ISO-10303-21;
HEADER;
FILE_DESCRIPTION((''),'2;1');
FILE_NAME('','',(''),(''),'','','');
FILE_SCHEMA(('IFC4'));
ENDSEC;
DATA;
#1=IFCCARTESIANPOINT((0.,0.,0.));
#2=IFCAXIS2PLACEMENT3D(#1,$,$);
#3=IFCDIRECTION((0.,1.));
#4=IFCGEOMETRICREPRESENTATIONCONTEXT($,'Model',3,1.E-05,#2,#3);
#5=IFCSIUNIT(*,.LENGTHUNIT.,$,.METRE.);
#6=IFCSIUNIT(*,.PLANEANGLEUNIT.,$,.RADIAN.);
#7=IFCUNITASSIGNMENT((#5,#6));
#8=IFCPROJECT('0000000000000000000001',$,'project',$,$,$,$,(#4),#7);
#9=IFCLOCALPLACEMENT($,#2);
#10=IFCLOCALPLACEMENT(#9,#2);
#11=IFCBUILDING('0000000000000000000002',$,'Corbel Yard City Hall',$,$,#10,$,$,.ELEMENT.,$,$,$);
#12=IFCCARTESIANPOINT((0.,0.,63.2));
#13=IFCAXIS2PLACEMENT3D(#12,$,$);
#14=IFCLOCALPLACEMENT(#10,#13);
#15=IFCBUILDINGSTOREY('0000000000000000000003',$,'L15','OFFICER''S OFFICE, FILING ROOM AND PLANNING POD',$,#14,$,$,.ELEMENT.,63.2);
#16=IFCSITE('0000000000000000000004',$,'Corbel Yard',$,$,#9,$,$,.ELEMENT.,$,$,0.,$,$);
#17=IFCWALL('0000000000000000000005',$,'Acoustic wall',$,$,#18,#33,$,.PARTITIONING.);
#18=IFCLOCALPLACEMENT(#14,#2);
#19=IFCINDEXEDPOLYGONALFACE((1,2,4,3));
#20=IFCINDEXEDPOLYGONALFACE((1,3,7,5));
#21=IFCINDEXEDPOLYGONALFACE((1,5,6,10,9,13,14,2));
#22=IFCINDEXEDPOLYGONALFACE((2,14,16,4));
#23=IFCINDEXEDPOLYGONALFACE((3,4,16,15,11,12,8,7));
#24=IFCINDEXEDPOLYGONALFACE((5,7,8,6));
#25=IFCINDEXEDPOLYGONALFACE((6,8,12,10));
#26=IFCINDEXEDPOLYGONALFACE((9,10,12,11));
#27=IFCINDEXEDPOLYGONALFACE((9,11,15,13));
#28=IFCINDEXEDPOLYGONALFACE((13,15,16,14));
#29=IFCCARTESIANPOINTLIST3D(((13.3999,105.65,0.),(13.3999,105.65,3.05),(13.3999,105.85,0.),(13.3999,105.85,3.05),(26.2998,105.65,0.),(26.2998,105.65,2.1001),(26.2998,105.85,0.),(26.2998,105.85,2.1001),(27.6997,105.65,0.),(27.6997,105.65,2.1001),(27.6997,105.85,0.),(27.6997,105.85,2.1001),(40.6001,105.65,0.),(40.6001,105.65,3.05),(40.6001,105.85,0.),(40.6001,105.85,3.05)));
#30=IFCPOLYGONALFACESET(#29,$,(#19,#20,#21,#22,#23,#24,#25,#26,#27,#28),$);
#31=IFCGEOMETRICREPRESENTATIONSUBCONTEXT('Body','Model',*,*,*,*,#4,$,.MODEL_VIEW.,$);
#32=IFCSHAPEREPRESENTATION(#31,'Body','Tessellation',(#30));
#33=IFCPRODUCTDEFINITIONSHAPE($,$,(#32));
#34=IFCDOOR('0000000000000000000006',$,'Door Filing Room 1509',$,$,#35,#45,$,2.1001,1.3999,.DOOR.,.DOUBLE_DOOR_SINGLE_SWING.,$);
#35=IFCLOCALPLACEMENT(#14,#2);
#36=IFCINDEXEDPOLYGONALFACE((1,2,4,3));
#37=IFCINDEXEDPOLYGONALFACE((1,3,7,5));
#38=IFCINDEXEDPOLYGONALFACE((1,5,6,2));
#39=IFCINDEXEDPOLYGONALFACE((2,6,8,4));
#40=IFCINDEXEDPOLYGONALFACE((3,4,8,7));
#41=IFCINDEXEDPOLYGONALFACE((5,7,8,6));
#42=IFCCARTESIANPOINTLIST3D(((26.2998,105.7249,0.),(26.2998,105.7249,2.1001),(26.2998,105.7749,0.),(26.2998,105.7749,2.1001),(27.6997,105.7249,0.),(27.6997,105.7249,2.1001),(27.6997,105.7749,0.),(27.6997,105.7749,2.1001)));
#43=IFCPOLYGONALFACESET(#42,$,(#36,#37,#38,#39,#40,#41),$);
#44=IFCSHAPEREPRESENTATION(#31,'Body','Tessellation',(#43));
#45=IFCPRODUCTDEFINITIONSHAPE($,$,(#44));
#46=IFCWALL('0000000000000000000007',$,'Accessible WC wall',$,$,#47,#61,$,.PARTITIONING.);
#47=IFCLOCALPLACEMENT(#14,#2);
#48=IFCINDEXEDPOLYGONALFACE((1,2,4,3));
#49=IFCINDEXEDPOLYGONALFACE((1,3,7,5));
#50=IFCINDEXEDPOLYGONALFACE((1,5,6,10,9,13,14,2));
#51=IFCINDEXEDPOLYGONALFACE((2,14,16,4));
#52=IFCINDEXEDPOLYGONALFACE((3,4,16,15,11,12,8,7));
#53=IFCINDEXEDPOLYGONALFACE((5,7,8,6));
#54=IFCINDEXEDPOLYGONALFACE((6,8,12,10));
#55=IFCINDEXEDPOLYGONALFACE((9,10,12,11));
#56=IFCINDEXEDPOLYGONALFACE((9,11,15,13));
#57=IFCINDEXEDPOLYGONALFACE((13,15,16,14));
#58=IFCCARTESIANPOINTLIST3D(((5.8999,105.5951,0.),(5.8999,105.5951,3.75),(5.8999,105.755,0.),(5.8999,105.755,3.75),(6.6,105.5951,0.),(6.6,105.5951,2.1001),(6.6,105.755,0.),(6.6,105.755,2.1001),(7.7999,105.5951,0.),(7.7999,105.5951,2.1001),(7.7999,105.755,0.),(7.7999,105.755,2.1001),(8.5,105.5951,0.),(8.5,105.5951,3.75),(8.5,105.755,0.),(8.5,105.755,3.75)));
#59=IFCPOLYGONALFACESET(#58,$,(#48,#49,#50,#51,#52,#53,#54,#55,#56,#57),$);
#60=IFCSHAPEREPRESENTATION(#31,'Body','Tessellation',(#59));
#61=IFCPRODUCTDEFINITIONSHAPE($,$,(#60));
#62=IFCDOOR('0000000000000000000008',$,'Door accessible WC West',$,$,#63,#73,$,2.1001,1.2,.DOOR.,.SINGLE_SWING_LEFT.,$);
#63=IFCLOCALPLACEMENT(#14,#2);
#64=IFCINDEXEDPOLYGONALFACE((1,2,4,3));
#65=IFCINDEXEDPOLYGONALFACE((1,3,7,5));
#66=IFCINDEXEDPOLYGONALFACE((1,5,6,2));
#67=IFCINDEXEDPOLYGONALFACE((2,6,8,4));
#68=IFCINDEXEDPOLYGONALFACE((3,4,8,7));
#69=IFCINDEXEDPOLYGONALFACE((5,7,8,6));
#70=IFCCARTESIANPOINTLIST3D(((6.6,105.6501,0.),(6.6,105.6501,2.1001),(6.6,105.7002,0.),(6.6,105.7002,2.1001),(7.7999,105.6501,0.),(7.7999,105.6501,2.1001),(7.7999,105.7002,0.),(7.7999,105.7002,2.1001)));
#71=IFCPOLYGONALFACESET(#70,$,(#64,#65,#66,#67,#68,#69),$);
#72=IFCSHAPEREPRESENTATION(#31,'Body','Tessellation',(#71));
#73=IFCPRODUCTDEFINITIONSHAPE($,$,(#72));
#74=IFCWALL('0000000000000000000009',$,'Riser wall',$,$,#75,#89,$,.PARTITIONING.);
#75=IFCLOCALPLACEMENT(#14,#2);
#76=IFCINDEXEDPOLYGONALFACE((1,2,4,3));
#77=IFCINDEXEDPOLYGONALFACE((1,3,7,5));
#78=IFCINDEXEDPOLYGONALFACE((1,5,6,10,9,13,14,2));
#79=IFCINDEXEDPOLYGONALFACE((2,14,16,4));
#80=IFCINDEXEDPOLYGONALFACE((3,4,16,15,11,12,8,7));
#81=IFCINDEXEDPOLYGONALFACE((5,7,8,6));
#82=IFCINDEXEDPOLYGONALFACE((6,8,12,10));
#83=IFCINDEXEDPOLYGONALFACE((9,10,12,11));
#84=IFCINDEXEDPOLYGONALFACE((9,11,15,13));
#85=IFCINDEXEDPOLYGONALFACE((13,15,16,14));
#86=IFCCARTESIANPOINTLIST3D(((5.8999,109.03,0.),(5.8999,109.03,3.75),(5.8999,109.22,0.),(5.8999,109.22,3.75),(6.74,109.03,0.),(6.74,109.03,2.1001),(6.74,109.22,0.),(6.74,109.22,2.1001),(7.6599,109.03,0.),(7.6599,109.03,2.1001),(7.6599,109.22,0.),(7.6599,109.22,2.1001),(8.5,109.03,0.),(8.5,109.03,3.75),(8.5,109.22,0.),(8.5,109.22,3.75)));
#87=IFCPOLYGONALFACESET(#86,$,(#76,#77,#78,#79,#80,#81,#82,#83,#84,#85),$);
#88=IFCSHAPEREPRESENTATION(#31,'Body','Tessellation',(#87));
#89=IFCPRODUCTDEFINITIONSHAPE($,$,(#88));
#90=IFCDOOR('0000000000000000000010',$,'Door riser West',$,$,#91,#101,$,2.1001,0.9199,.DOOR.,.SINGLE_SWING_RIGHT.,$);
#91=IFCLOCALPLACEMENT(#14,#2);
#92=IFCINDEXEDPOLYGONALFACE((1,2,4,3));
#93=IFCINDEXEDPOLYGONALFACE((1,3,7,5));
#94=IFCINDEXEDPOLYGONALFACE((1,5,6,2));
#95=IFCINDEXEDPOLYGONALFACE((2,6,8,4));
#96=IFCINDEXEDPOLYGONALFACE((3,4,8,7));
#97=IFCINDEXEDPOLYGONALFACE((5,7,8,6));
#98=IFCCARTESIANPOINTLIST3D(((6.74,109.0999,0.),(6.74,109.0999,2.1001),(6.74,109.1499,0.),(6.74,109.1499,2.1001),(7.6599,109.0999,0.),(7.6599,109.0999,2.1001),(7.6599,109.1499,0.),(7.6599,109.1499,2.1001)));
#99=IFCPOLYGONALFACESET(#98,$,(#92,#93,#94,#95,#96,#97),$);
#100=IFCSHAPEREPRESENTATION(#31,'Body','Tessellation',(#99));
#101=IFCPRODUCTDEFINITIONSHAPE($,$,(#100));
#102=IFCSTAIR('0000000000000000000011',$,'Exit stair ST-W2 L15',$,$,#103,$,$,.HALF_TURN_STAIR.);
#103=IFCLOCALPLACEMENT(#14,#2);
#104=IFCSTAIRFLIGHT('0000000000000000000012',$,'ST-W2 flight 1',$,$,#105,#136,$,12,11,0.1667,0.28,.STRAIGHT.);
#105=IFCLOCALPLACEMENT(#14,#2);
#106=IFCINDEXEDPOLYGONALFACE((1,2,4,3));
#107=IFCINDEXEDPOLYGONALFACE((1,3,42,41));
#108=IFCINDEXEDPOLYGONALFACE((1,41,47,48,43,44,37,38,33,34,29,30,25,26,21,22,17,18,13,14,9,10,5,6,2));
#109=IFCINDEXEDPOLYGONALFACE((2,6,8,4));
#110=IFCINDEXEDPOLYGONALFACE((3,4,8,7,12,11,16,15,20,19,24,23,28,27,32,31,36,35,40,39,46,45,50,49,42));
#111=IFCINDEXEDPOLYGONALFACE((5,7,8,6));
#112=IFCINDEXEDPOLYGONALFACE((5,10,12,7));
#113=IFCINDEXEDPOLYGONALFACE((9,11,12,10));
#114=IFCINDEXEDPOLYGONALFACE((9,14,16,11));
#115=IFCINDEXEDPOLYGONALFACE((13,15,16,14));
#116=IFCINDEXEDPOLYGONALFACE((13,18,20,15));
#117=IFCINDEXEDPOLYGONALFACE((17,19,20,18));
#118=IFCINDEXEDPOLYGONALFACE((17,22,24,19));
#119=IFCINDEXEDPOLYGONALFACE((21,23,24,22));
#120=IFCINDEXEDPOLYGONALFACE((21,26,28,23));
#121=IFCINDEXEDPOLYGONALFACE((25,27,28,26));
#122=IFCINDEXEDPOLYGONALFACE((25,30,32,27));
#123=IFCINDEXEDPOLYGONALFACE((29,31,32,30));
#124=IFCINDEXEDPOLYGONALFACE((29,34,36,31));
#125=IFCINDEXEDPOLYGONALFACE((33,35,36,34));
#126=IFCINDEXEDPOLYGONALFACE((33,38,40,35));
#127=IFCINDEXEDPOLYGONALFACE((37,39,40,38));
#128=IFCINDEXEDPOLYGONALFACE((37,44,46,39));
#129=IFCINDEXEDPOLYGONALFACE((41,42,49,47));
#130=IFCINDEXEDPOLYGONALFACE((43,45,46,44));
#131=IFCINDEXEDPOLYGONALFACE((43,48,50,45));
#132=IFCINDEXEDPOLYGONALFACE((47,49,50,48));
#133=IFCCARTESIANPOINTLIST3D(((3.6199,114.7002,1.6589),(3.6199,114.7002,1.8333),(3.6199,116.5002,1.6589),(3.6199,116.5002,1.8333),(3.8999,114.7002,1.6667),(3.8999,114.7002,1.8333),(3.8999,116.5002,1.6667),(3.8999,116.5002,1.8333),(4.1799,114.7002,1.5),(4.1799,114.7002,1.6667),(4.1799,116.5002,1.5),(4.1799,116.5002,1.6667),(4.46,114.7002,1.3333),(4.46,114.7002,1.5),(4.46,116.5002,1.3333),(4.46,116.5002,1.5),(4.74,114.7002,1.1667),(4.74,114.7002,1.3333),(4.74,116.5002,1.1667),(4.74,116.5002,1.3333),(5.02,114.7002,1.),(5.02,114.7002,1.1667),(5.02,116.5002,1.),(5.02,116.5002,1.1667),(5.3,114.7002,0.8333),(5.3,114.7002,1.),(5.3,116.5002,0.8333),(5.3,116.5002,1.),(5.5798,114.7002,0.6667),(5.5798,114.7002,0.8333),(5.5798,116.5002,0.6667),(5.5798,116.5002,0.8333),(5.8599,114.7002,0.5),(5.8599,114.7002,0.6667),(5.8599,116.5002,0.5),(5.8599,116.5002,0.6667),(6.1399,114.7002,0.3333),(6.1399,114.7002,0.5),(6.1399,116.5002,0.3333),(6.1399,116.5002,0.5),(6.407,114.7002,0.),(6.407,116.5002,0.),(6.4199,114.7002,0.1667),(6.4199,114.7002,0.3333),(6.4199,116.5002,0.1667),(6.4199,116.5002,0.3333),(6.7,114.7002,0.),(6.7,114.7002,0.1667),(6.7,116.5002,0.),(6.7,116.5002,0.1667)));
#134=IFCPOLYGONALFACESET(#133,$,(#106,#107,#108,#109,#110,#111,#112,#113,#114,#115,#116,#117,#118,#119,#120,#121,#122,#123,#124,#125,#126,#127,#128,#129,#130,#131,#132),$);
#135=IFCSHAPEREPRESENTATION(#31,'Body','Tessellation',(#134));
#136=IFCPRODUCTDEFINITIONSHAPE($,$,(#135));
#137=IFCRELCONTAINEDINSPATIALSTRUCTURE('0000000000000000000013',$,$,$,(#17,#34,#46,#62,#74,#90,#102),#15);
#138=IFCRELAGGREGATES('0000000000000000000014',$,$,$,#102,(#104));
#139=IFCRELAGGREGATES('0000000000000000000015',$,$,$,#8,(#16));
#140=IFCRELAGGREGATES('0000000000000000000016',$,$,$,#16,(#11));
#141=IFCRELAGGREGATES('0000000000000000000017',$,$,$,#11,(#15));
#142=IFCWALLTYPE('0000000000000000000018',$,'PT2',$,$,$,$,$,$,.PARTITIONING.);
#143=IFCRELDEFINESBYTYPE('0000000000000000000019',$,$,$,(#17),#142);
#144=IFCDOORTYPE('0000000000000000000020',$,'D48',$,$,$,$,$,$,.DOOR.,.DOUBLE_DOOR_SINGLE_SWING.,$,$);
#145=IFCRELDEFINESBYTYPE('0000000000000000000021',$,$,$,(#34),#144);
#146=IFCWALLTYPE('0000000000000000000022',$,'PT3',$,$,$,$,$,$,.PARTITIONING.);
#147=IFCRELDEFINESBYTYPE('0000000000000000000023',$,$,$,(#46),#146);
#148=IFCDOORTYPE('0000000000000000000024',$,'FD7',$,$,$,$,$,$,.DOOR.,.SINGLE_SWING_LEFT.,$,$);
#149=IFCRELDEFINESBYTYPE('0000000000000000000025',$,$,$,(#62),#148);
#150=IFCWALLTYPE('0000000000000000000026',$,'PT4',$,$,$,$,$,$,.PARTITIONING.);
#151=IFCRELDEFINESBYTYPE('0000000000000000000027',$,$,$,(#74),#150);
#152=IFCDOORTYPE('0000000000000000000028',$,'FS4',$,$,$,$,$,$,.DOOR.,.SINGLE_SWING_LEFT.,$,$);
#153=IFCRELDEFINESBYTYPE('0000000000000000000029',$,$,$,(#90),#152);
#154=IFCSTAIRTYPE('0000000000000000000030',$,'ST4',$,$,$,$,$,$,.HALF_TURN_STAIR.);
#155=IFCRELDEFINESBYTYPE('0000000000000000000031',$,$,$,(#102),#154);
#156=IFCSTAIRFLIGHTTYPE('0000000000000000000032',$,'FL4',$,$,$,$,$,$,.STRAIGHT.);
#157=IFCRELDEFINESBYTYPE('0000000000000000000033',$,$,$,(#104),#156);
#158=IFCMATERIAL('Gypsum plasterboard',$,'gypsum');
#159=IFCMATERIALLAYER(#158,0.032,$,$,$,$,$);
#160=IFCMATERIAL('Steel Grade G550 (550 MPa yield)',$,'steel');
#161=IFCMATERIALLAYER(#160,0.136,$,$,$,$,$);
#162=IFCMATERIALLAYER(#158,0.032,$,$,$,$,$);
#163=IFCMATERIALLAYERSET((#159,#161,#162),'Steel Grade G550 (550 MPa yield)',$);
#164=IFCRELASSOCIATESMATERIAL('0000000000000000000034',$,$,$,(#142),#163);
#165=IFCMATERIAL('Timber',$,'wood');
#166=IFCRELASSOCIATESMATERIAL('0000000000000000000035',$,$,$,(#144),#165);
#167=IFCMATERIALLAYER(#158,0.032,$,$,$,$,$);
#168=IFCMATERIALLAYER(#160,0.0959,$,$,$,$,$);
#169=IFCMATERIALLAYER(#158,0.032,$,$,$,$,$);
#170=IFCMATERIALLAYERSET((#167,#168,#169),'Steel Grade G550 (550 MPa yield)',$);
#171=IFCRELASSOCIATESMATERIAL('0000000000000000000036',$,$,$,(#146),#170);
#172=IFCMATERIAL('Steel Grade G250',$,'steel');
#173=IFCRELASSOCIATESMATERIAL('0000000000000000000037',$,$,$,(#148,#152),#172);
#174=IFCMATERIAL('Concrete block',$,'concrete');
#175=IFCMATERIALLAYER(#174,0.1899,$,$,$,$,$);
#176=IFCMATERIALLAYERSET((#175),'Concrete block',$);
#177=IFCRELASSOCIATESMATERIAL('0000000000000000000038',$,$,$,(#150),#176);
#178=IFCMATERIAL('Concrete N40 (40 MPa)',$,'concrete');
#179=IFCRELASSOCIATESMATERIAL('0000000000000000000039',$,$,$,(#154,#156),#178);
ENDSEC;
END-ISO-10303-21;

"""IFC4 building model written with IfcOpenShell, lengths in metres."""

from ifc_helpers import new_model, si_unit, direction, frame, frame_2d, origin, place, context, subcontext, project, spatial, polyline, rectangle, outline, extrude, material, layer, layer_set, type_object, element, fill, aggregate, save


model = new_model("IFC4")

# Units and contexts
model_context = context("Model", 3, precision=1e-05, world=origin(), true_north=direction((0.0, 1.0)))
body_context = subcontext(model_context, "Body", "Model", "MODEL_VIEW")
ifc_project = project(units=[si_unit("LENGTHUNIT", "METRE"), si_unit("PLANEANGLEUNIT", "RADIAN")], contexts=[model_context])

# Site, building, storey
site_placement = place(None, origin())
site = spatial("IfcSite", under=ifc_project, at=site_placement, Name="Corbel Yard", CompositionType="ELEMENT", RefElevation=0.0)
building_placement = place(site_placement, origin())
building = spatial("IfcBuilding", under=site, at=building_placement, Name="Corbel Yard City Hall", CompositionType="ELEMENT")
storey_placement = place(building_placement, frame((0.0, 0.0, 63.2)))
storey = spatial("IfcBuildingStorey", under=building, at=storey_placement, Name="L15", Description="OFFICER'S OFFICE, FILING ROOM AND PLANNING POD", CompositionType="ELEMENT", Elevation=63.2)

# Shared definitions
ifc_material_1 = material(Name="Concrete N40 (40 MPa)", Category="concrete")

# Walls, openings, doors
ifc_material_2 = material(Name="Gypsum plasterboard", Category="gypsum")
ifc_layer_1 = layer(ifc_material_2, 0.032)
ifc_material_3 = material(Name="Steel Grade G550 (550 MPa yield)", Category="steel")
ifc_layer_2 = layer(ifc_material_3, 0.136)
ifc_layer_3 = layer(ifc_material_2, 0.032)
ifc_layer_set_1 = layer_set([ifc_layer_1, ifc_layer_2, ifc_layer_3], Name="Steel Grade G550 (550 MPa yield)")
wall_type_1 = type_object("IfcWallType", Name="PT2", PredefinedType="PARTITIONING", material=ifc_layer_set_1)
wall_1_placement = place(storey_placement, frame((13.3999, 105.75, 0.0), z_axis=(0.0, 0.0, 1.0), x_axis=(1.0, 0.0, 0.0)))
wall_1 = element("IfcWall", 1, at=wall_1_placement, inside=storey, type_object=wall_type_1, Name="Acoustic wall", PredefinedType="PARTITIONING", context=body_context, shape_type="SweptSolid", body=[
    extrude(rectangle(XDim=27.2002, YDim=0.2, at=frame_2d((13.6001, 0.0))), origin(), (0.0, 0.0, 1.0), 3.05),
])
opening_1_placement = place(wall_1_placement, frame((12.8999, 0.0, 0.0)))
opening_1 = element("IfcOpeningElement", 2, at=opening_1_placement, cuts=wall_1, PredefinedType="OPENING", context=body_context, shape_type="SweptSolid", body=[
    extrude(rectangle(XDim=1.3999, YDim=2.1001, at=frame_2d((0.7, 1.05))), frame((0.0, 0.1099, 0.0), z_axis=(0.0, -1.0, 0.0), x_axis=(1.0, 0.0, 0.0)), (0.0, 0.0, 1.0), 0.22),
])
ifc_material_4 = material(Name="Timber", Category="wood")
door_type_1 = type_object("IfcDoorType", Name="D48", OperationType="DOUBLE_DOOR_SINGLE_SWING", PredefinedType="DOOR", material=ifc_material_4)
door_1_placement = place(opening_1_placement, origin())
door_1 = element("IfcDoor", 3, at=door_1_placement, inside=storey, type_object=door_type_1, Name="Door Filing Room 1509", OperationType="DOUBLE_DOOR_SINGLE_SWING", OverallHeight=2.1001, OverallWidth=1.3999, PredefinedType="DOOR", context=body_context, shape_type="SweptSolid", body=[
    extrude(rectangle(XDim=1.3999, YDim=2.1001, at=frame_2d((0.7, 1.05))), frame((0.0, 0.0249, 0.0), z_axis=(0.0, -1.0, 0.0), x_axis=(1.0, 0.0, 0.0)), (0.0, 0.0, 1.0), 0.05),
])
fill(opening_1, door_1)
ifc_layer_4 = layer(ifc_material_2, 0.032)
ifc_layer_5 = layer(ifc_material_3, 0.0959)
ifc_layer_6 = layer(ifc_material_2, 0.032)
ifc_layer_set_2 = layer_set([ifc_layer_4, ifc_layer_5, ifc_layer_6], Name="Steel Grade G550 (550 MPa yield)")
wall_type_2 = type_object("IfcWallType", Name="PT3", PredefinedType="PARTITIONING", material=ifc_layer_set_2)
wall_2_placement = place(storey_placement, frame((8.5, 105.675, 0.0), z_axis=(0.0, 0.0, 1.0), x_axis=(-1.0, 0.0, 0.0)))
wall_2 = element("IfcWall", 4, at=wall_2_placement, inside=storey, type_object=wall_type_2, Name="Accessible WC wall", PredefinedType="PARTITIONING", context=body_context, shape_type="SweptSolid", body=[
    extrude(rectangle(XDim=2.6001, YDim=0.1599, at=frame_2d((1.3, 0.0))), origin(), (0.0, 0.0, 1.0), 3.75),
])
opening_2_placement = place(wall_2_placement, frame((0.7, 0.0, 0.0)))
opening_2 = element("IfcOpeningElement", 5, at=opening_2_placement, cuts=wall_2, PredefinedType="OPENING", context=body_context, shape_type="SweptSolid", body=[
    extrude(rectangle(XDim=1.2, YDim=2.1001, at=frame_2d((0.6001, 1.05))), frame((0.0, 0.0898, 0.0), z_axis=(0.0, -1.0, 0.0), x_axis=(1.0, 0.0, 0.0)), (0.0, 0.0, 1.0), 0.1799),
])
ifc_material_5 = material(Name="Steel Grade G250", Category="steel")
door_type_2 = type_object("IfcDoorType", Name="FD7", OperationType="SINGLE_SWING_LEFT", PredefinedType="DOOR", material=ifc_material_5)
door_2_placement = place(opening_2_placement, origin())
door_2 = element("IfcDoor", 6, at=door_2_placement, inside=storey, type_object=door_type_2, Name="Door accessible WC West", OperationType="SINGLE_SWING_LEFT", OverallHeight=2.1001, OverallWidth=1.2, PredefinedType="DOOR", context=body_context, shape_type="SweptSolid", body=[
    extrude(rectangle(XDim=1.2, YDim=2.1001, at=frame_2d((0.6001, 1.05))), frame((0.0, 0.0249, 0.0), z_axis=(0.0, -1.0, 0.0), x_axis=(1.0, 0.0, 0.0)), (0.0, 0.0, 1.0), 0.05),
])
fill(opening_2, door_2)
ifc_material_6 = material(Name="Concrete block", Category="concrete")
ifc_layer_7 = layer(ifc_material_6, 0.1899)
ifc_layer_set_3 = layer_set([ifc_layer_7], Name="Concrete block")
wall_type_3 = type_object("IfcWallType", Name="PT4", PredefinedType="PARTITIONING", material=ifc_layer_set_3)
wall_3_placement = place(storey_placement, frame((8.5, 109.125, 0.0), z_axis=(0.0, 0.0, 1.0), x_axis=(-1.0, 0.0, 0.0)))
wall_3 = element("IfcWall", 7, at=wall_3_placement, inside=storey, type_object=wall_type_3, Name="Riser wall", PredefinedType="PARTITIONING", context=body_context, shape_type="SweptSolid", body=[
    extrude(rectangle(XDim=2.6001, YDim=0.1899, at=frame_2d((1.3, 0.0))), origin(), (0.0, 0.0, 1.0), 3.75),
])
opening_3_placement = place(wall_3_placement, frame((0.8401, 0.0, 0.0)))
opening_3 = element("IfcOpeningElement", 8, at=opening_3_placement, cuts=wall_3, PredefinedType="OPENING", context=body_context, shape_type="SweptSolid", body=[
    extrude(rectangle(XDim=0.9199, YDim=2.1001, at=frame_2d((0.46, 1.05))), frame((0.0, 0.105, 0.0), z_axis=(0.0, -1.0, 0.0), x_axis=(1.0, 0.0, 0.0)), (0.0, 0.0, 1.0), 0.21),
])
door_type_3 = type_object("IfcDoorType", Name="FS4", OperationType="SINGLE_SWING_LEFT", PredefinedType="DOOR", material=ifc_material_5)
door_3_placement = place(opening_3_placement, frame((0.9199, 0.0, 0.0), z_axis=(0.0, 0.0, 1.0), x_axis=(-1.0, 0.0, 0.0)))
door_3 = element("IfcDoor", 9, at=door_3_placement, inside=storey, type_object=door_type_3, Name="Door riser West", OperationType="SINGLE_SWING_RIGHT", OverallHeight=2.1001, OverallWidth=0.9199, PredefinedType="DOOR", context=body_context, shape_type="SweptSolid", body=[
    extrude(rectangle(XDim=0.9199, YDim=2.1001, at=frame_2d((0.46, 1.05))), frame((0.0, 0.0249, 0.0), z_axis=(0.0, -1.0, 0.0), x_axis=(1.0, 0.0, 0.0)), (0.0, 0.0, 1.0), 0.05),
])
fill(opening_3, door_3)

# Stair, stair flight
stair_type = type_object("IfcStairType", Name="ST4", PredefinedType="HALF_TURN_STAIR", material=ifc_material_1)
stair_placement = place(storey_placement, origin())
stair = element("IfcStair", 10, at=stair_placement, inside=storey, type_object=stair_type, Name="Exit stair ST-W2 L15", PredefinedType="HALF_TURN_STAIR")
stair_flight_type = type_object("IfcStairFlightType", Name="FL4", PredefinedType="STRAIGHT", material=ifc_material_1)
stair_flight_1_placement = place(storey_placement, frame((6.7, 115.6001, 0.0), z_axis=(0.0, 0.0, 1.0), x_axis=(-1.0, 0.0, 0.0)))
stair_flight_1 = element("IfcStairFlight", 11, at=stair_flight_1_placement, type_object=stair_flight_type, Name="ST-W2 flight 1", NumberOfRisers=12, NumberOfTreads=11, PredefinedType="STRAIGHT", RiserHeight=0.1667, TreadLength=0.28, context=body_context, shape_type="SweptSolid", body=[
    extrude(outline(polyline([(0.0, 0.0), (0.0, 0.1667), (0.28, 0.1667), (0.28, 0.3333), (0.5601, 0.3333), (0.5601, 0.5), (0.8401, 0.5), (0.8401, 0.6667), (1.1201, 0.6667), (1.1201, 0.8333), (1.3999, 0.8333), (1.3999, 1.0), (1.6799, 1.0), (1.6799, 1.1667), (1.96, 1.1667), (1.96, 1.3333), (2.24, 1.3333), (2.24, 1.5), (2.52, 1.5), (2.52, 1.6667), (2.8, 1.6667), (2.8, 1.8333), (3.0801, 1.8333), (3.0801, 2.0), (3.0801, 1.6589), (0.293, 0.0), (0.0, 0.0)])), frame((0.0, 0.8999, 0.0), z_axis=(0.0, -1.0, 0.0), x_axis=(1.0, 0.0, 0.0)), (0.0, 0.0, 1.0), 1.8),
])
aggregate(stair, [stair_flight_1])

save(model, "model.ifc")
